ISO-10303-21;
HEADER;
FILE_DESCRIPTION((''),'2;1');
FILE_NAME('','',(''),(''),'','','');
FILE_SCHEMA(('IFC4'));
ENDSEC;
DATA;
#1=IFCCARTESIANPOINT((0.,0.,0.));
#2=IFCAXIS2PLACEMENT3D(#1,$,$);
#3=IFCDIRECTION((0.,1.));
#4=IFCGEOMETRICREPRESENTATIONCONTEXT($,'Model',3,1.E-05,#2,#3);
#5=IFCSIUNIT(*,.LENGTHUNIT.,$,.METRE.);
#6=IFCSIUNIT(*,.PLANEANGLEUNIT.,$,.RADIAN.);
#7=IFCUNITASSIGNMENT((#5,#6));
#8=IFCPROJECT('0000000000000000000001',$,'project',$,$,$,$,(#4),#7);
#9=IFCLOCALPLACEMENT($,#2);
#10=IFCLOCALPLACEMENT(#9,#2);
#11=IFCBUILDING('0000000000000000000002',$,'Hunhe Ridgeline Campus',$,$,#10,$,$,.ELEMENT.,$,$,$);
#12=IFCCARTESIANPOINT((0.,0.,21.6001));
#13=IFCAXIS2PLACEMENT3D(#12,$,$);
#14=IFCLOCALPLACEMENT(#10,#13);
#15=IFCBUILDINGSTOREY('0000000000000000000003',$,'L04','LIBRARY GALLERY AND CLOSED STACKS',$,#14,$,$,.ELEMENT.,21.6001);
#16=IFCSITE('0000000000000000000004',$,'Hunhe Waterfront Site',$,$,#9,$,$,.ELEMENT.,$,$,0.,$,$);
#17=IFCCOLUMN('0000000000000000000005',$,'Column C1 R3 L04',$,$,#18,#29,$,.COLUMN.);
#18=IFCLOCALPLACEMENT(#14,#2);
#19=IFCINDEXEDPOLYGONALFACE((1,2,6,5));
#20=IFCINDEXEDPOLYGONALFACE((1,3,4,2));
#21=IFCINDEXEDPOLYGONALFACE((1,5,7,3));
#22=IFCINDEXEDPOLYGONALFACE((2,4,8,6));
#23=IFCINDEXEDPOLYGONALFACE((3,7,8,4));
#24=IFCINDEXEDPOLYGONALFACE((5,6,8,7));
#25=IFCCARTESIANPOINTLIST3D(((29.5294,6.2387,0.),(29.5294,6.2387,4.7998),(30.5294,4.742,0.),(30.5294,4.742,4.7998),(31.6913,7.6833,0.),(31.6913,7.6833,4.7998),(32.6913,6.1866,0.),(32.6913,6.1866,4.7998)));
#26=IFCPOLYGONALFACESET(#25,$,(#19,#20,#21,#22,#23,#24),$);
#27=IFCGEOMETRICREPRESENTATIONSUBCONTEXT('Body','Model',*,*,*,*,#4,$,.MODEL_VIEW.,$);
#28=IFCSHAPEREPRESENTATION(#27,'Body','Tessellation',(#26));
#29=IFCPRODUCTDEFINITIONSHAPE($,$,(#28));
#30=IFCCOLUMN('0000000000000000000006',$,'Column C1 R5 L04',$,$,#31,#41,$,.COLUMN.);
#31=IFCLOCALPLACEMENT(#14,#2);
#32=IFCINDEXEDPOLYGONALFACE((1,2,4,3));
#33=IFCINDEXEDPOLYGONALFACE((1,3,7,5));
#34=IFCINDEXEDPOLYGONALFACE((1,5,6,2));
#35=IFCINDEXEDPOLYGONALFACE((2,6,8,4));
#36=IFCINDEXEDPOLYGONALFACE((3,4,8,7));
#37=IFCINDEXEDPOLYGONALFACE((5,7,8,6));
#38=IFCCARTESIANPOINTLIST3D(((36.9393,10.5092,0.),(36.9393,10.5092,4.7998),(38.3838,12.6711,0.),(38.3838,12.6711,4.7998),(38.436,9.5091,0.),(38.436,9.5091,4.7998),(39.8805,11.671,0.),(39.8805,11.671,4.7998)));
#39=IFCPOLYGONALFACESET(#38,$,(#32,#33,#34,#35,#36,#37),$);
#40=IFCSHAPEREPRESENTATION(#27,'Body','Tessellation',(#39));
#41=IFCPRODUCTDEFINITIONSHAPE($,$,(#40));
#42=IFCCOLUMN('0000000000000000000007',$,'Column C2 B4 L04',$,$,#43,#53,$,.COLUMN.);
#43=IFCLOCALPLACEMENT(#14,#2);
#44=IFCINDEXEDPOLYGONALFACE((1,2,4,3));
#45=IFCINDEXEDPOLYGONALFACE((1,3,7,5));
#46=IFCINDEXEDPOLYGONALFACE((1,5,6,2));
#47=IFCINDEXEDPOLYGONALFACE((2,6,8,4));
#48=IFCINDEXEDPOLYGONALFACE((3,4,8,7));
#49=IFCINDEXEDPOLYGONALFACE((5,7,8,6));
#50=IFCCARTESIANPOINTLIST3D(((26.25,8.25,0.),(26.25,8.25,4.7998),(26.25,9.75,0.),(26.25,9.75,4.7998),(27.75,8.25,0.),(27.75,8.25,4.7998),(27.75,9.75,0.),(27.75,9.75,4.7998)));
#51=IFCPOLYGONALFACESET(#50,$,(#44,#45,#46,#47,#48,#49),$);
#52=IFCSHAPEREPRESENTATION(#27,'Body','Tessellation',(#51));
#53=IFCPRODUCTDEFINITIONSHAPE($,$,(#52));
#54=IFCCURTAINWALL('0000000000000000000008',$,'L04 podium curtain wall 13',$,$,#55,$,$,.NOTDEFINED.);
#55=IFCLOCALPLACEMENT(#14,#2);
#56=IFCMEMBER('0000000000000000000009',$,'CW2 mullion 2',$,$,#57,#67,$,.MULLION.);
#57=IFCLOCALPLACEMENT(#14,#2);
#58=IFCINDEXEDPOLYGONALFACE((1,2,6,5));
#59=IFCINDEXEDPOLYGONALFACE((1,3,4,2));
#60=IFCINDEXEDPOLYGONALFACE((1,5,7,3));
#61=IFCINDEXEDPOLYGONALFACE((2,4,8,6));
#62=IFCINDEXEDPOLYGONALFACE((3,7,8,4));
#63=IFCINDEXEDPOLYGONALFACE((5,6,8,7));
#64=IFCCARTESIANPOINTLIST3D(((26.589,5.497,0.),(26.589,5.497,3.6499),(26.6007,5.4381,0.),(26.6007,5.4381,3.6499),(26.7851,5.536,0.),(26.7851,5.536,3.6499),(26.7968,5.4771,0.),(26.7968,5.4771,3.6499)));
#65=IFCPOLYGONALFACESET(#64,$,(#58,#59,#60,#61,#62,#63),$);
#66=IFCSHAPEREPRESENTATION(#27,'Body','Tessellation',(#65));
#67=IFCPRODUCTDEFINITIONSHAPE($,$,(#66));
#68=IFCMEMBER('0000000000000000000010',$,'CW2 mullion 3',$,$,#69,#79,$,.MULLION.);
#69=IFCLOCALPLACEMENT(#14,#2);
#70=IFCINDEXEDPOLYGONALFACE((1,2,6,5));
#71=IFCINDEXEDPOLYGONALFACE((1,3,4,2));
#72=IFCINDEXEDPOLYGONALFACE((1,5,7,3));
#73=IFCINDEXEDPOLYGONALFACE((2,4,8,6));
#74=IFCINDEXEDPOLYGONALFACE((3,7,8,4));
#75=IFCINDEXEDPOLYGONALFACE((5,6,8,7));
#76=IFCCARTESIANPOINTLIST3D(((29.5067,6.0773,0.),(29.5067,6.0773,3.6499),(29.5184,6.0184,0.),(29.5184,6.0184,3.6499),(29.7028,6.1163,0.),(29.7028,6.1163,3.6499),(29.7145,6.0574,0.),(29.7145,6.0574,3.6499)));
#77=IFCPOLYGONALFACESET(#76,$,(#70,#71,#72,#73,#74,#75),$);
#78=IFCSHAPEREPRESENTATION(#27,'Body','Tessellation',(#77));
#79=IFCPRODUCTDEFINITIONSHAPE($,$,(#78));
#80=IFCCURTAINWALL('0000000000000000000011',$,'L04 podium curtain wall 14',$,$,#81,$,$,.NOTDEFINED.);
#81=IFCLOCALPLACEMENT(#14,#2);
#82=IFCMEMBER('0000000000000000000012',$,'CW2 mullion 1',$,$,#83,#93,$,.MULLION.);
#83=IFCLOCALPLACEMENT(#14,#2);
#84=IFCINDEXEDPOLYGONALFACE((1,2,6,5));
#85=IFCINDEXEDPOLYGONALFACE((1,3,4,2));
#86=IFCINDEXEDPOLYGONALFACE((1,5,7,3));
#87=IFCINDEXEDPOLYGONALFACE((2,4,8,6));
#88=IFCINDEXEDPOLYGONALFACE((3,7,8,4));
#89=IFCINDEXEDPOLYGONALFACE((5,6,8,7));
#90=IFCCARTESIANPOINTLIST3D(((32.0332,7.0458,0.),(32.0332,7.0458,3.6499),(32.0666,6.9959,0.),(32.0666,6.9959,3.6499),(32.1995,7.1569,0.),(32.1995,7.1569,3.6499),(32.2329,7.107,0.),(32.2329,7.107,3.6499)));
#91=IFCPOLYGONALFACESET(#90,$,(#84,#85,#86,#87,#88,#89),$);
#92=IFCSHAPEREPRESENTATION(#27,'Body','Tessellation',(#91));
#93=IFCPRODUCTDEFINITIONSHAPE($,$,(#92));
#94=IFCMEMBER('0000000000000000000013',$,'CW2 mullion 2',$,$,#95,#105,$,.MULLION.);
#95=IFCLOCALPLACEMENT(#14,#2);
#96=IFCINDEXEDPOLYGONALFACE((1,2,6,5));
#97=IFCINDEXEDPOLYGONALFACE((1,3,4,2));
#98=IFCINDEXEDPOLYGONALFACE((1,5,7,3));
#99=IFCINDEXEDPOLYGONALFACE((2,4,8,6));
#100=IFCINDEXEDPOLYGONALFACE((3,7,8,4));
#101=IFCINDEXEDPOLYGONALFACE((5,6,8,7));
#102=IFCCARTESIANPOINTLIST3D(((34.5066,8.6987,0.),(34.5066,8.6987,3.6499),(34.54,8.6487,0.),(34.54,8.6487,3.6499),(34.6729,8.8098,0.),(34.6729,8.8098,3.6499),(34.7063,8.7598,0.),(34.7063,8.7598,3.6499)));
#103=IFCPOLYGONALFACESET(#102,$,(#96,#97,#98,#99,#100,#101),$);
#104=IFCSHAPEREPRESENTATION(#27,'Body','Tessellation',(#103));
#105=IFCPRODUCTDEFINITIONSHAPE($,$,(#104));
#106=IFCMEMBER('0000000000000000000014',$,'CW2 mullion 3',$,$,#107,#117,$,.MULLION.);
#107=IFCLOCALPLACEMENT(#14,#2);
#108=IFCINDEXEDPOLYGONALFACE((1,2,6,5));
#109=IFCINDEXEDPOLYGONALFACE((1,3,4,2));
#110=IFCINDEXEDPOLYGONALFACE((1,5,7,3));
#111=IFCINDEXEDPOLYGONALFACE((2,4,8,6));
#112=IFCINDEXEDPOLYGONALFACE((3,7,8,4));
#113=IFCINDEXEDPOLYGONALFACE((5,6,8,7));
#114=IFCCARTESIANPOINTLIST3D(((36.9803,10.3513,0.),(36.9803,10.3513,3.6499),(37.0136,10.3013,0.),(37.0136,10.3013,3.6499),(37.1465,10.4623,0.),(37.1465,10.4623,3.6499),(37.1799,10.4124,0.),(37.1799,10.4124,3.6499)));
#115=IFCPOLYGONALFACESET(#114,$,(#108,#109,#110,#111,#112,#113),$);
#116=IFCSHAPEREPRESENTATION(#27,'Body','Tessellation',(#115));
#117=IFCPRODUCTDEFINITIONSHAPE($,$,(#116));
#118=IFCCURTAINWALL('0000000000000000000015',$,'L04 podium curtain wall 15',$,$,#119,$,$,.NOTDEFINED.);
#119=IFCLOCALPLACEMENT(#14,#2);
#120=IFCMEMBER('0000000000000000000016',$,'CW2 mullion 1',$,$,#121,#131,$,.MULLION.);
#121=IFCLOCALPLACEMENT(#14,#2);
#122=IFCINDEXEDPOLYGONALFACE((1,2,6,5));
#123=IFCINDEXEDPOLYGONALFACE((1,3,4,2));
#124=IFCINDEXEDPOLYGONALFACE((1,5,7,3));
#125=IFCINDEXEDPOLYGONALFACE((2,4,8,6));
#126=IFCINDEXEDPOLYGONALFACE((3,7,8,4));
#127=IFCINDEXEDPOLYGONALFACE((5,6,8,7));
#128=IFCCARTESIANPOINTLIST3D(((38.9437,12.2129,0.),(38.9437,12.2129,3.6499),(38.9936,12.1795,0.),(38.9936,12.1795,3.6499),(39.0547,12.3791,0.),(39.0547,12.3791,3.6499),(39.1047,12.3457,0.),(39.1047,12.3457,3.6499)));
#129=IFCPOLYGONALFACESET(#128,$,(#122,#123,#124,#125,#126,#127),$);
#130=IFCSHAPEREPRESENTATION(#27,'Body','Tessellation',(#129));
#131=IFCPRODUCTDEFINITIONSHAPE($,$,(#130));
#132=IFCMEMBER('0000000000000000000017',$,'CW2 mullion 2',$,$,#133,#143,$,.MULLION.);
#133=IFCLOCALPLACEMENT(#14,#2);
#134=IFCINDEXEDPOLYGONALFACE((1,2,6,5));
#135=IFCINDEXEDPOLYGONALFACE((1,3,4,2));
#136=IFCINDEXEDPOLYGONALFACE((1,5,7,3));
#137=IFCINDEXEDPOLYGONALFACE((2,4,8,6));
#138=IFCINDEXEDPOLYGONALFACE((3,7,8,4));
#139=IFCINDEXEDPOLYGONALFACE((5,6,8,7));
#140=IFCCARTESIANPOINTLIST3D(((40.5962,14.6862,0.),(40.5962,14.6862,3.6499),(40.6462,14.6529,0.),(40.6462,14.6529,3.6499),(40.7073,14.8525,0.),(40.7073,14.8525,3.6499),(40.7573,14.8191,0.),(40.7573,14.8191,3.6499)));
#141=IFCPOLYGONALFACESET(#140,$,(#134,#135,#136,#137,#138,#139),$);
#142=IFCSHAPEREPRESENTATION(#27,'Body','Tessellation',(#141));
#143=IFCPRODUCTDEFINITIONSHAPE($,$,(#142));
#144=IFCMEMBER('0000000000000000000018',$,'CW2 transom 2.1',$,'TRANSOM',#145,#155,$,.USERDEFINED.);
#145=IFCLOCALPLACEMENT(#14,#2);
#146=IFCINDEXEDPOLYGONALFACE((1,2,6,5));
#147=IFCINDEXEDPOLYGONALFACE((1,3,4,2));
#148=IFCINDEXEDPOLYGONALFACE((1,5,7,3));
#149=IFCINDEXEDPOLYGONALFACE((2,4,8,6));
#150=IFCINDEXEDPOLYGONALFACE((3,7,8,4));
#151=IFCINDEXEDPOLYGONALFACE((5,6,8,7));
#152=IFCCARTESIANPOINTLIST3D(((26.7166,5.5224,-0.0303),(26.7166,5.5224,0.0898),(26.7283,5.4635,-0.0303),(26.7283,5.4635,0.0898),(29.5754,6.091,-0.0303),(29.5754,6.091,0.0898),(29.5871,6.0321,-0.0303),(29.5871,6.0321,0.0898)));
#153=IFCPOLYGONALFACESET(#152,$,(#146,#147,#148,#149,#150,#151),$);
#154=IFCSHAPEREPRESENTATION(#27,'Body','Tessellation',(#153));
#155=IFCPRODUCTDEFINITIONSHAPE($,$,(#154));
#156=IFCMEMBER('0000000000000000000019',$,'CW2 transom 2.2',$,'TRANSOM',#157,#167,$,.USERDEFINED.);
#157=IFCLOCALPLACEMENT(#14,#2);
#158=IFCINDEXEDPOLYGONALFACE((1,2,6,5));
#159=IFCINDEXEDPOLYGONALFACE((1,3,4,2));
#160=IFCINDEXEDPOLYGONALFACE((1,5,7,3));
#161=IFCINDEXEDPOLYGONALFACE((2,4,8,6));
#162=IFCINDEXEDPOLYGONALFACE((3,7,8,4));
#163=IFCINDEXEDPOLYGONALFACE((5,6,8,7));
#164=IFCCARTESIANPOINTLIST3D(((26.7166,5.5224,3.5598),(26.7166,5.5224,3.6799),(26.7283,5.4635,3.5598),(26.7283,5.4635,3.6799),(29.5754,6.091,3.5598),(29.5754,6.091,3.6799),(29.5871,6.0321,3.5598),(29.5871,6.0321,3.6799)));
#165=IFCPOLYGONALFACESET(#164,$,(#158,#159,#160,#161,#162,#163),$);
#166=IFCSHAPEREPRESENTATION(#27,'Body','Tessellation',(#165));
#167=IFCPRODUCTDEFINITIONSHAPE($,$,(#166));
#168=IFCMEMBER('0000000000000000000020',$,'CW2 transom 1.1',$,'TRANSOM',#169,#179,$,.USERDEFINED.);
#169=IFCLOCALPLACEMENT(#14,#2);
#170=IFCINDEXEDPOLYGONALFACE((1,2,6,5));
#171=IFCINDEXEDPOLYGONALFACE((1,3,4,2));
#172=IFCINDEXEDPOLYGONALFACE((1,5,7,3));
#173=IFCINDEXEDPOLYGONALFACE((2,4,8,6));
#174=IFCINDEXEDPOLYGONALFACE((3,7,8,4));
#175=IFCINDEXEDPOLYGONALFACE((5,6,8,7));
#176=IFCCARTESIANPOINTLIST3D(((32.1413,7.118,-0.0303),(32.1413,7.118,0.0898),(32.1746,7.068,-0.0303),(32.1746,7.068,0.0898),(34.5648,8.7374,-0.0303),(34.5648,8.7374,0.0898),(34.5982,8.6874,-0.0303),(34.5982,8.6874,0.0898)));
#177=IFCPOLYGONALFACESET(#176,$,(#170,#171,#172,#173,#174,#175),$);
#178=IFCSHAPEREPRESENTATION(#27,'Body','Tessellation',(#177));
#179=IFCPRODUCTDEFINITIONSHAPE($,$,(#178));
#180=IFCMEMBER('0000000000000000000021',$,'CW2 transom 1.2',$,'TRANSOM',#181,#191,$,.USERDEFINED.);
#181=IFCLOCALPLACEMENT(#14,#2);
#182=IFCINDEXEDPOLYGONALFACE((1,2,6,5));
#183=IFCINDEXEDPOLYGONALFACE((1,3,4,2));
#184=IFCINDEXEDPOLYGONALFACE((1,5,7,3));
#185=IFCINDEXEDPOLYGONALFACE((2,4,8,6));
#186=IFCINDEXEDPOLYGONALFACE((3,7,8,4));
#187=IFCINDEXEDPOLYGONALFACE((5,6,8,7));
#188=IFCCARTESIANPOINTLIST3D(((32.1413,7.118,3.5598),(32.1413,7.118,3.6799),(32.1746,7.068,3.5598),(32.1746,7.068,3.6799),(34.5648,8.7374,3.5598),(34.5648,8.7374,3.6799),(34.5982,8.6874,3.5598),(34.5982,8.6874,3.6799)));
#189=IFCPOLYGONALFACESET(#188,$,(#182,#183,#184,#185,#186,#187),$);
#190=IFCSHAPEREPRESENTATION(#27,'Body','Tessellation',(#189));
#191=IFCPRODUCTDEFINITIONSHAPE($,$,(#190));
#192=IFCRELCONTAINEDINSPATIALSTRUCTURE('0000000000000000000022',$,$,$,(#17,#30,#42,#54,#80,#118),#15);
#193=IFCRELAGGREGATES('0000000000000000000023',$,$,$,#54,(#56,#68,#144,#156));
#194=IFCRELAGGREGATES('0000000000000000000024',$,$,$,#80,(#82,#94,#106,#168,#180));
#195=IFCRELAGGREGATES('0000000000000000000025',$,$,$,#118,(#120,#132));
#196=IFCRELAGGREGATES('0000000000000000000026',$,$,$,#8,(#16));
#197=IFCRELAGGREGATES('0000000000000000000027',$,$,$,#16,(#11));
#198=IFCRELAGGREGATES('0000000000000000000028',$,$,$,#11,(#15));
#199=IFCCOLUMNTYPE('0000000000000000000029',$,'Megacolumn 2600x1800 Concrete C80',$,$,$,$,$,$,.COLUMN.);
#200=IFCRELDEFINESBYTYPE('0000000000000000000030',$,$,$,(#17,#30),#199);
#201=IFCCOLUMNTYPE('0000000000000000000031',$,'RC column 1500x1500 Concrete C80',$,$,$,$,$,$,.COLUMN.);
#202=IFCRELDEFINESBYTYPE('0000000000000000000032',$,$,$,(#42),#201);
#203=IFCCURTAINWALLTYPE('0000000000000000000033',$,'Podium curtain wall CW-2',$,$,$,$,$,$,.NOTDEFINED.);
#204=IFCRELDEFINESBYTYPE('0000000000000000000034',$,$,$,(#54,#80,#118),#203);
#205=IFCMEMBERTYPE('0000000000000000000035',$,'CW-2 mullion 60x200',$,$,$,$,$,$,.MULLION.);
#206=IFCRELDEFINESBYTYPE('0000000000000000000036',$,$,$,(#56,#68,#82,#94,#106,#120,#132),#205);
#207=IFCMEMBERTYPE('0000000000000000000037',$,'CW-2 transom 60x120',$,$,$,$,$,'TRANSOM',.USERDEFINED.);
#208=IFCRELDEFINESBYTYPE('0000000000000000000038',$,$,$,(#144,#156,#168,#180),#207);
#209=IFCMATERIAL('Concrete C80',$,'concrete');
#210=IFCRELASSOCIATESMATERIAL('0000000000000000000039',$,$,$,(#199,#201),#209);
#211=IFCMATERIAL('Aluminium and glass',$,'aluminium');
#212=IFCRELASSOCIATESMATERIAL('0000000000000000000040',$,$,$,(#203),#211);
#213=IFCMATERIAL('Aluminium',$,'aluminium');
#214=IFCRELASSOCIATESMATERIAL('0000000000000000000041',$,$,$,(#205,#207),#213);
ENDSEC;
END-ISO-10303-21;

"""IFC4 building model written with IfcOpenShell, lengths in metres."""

from ifc_helpers import new_model, si_unit, direction, frame, origin, origin_2d, place, context, subcontext, project, spatial, rectangle, extrude, material, material_profile, profile_set, type_object, element, aggregate, save


model = new_model("IFC4")

# Units and contexts
model_context = context("Model", 3, precision=1e-05, world=origin(), true_north=direction((0.0, 1.0)))
body_context = subcontext(model_context, "Body", "Model", "MODEL_VIEW")
ifc_project = project(units=[si_unit("LENGTHUNIT", "METRE"), si_unit("PLANEANGLEUNIT", "RADIAN")], contexts=[model_context])

# Site, building, storey
site_placement = place(None, origin())
site = spatial("IfcSite", under=ifc_project, at=site_placement, Name="Hunhe Waterfront Site", CompositionType="ELEMENT", RefElevation=0.0)
building_placement = place(site_placement, origin())
building = spatial("IfcBuilding", under=site, at=building_placement, Name="Hunhe Ridgeline Campus", CompositionType="ELEMENT")
storey_placement = place(building_placement, frame((0.0, 0.0, 21.6001)))
storey = spatial("IfcBuildingStorey", under=building, at=storey_placement, Name="L04", Description="LIBRARY GALLERY AND CLOSED STACKS", CompositionType="ELEMENT", Elevation=21.6001)

# Columns
ifc_material_1 = material(Name="Concrete C80", Category="concrete")
ifc_material_profile_1 = material_profile(ifc_material_1, rectangle(XDim=2.6001, YDim=1.8, at=origin_2d()))
ifc_profile_set_1 = profile_set([ifc_material_profile_1], Name="Concrete C80")
column_type_1 = type_object("IfcColumnType", Name="Megacolumn 2600x1800 Concrete C80", PredefinedType="COLUMN", material=ifc_profile_set_1)
for number, where, z_axis, x_axis, name in (
    (1, (31.1104, 6.2126, 0.0), (0.0, 0.0, 1.0), (0.83147, 0.55557, 0.0), "Column C1 R3 L04"),
    (2, (38.4099, 11.0901, 0.0), (0.0, 0.0, 1.0), (0.55557, 0.83147, 0.0), "Column C1 R5 L04"),
):
    element("IfcColumn", number, at=place(storey_placement, frame(where, z_axis=z_axis, x_axis=x_axis)), inside=storey, type_object=column_type_1, Name=name, PredefinedType="COLUMN", context=body_context, shape_type="SweptSolid", body=[
        extrude(rectangle(XDim=2.6001, YDim=1.8, at=origin_2d()), origin(), (0.0, 0.0, 1.0), 4.7998),
    ])
ifc_material_profile_2 = material_profile(ifc_material_1, rectangle(XDim=1.5, YDim=1.5, at=origin_2d()))
ifc_profile_set_2 = profile_set([ifc_material_profile_2], Name="Concrete C80")
column_type_2 = type_object("IfcColumnType", Name="RC column 1500x1500 Concrete C80", PredefinedType="COLUMN", material=ifc_profile_set_2)
column_placement = place(storey_placement, frame((27.0, 9.0, 0.0), z_axis=(0.0, 0.0, 1.0), x_axis=(1.0, 0.0, 0.0)))
element("IfcColumn", 3, at=column_placement, inside=storey, type_object=column_type_2, Name="Column C2 B4 L04", PredefinedType="COLUMN", context=body_context, shape_type="SweptSolid", body=[
    extrude(rectangle(XDim=1.5, YDim=1.5, at=origin_2d()), origin(), (0.0, 0.0, 1.0), 4.7998),
])

# Curtain walls, members
ifc_material_2 = material(Name="Aluminium and glass", Category="aluminium")
curtain_wall_type = type_object("IfcCurtainWallType", Name="Podium curtain wall CW-2", PredefinedType="NOTDEFINED", material=ifc_material_2)
curtain_wall_1_placement = place(storey_placement, origin())
curtain_wall_1 = element("IfcCurtainWall", 4, at=curtain_wall_1_placement, inside=storey, type_object=curtain_wall_type, Name="L04 podium curtain wall 13", PredefinedType="NOTDEFINED")
ifc_material_3 = material(Name="Aluminium", Category="aluminium")
ifc_material_profile_3 = material_profile(ifc_material_3, rectangle(XDim=0.0601, YDim=0.2, at=origin_2d()))
ifc_profile_set_3 = profile_set([ifc_material_profile_3], Name="Aluminium")
member_type_1 = type_object("IfcMemberType", Name="CW-2 mullion 60x200", PredefinedType="MULLION", material=ifc_profile_set_3)
member_1_placement = place(storey_placement, frame((26.6929, 5.4871, 0.0), z_axis=(0.0, 0.0, 1.0), x_axis=(-0.195098, 0.980784, 0.0)))
member_1 = element("IfcMember", 5, at=member_1_placement, type_object=member_type_1, Name="CW2 mullion 2", PredefinedType="MULLION", context=body_context, shape_type="SweptSolid", body=[
    extrude(rectangle(XDim=0.0601, YDim=0.2, at=origin_2d()), origin(), (0.0, 0.0, 1.0), 3.6499),
])
member_2_placement = place(storey_placement, frame((29.6106, 6.0674, 0.0), z_axis=(0.0, 0.0, 1.0), x_axis=(-0.195098, 0.980784, 0.0)))
member_2 = element("IfcMember", 6, at=member_2_placement, type_object=member_type_1, Name="CW2 mullion 3", PredefinedType="MULLION", context=body_context, shape_type="SweptSolid", body=[
    extrude(rectangle(XDim=0.0601, YDim=0.2, at=origin_2d()), origin(), (0.0, 0.0, 1.0), 3.6499),
])
curtain_wall_2_placement = place(storey_placement, origin())
curtain_wall_2 = element("IfcCurtainWall", 7, at=curtain_wall_2_placement, inside=storey, type_object=curtain_wall_type, Name="L04 podium curtain wall 14", PredefinedType="NOTDEFINED")
member_3_placement = place(storey_placement, frame((32.1331, 7.0764, 0.0), z_axis=(0.0, 0.0, 1.0), x_axis=(-0.555579, 0.831464, 0.0)))
member_3 = element("IfcMember", 8, at=member_3_placement, type_object=member_type_1, Name="CW2 mullion 1", PredefinedType="MULLION", context=body_context, shape_type="SweptSolid", body=[
    extrude(rectangle(XDim=0.0601, YDim=0.2, at=origin_2d()), origin(), (0.0, 0.0, 1.0), 3.6499),
])
member_4_placement = place(storey_placement, frame((34.6064, 8.7292, 0.0), z_axis=(0.0, 0.0, 1.0), x_axis=(-0.555579, 0.831464, 0.0)))
member_4 = element("IfcMember", 9, at=member_4_placement, type_object=member_type_1, Name="CW2 mullion 2", PredefinedType="MULLION", context=body_context, shape_type="SweptSolid", body=[
    extrude(rectangle(XDim=0.0601, YDim=0.2, at=origin_2d()), origin(), (0.0, 0.0, 1.0), 3.6499),
])
member_5_placement = place(storey_placement, frame((37.0801, 10.3818, 0.0), z_axis=(0.0, 0.0, 1.0), x_axis=(-0.555579, 0.831464, 0.0)))
member_5 = element("IfcMember", 10, at=member_5_placement, type_object=member_type_1, Name="CW2 mullion 3", PredefinedType="MULLION", context=body_context, shape_type="SweptSolid", body=[
    extrude(rectangle(XDim=0.0601, YDim=0.2, at=origin_2d()), origin(), (0.0, 0.0, 1.0), 3.6499),
])
curtain_wall_3_placement = place(storey_placement, origin())
curtain_wall_3 = element("IfcCurtainWall", 11, at=curtain_wall_3_placement, inside=storey, type_object=curtain_wall_type, Name="L04 podium curtain wall 15", PredefinedType="NOTDEFINED")
member_6_placement = place(storey_placement, frame((39.0242, 12.2793, 0.0), z_axis=(0.0, 0.0, 1.0), x_axis=(-0.831469, 0.555572, 0.0)))
member_6 = element("IfcMember", 12, at=member_6_placement, type_object=member_type_1, Name="CW2 mullion 1", PredefinedType="MULLION", context=body_context, shape_type="SweptSolid", body=[
    extrude(rectangle(XDim=0.0601, YDim=0.2, at=origin_2d()), origin(), (0.0, 0.0, 1.0), 3.6499),
])
member_7_placement = place(storey_placement, frame((40.6768, 14.7527, 0.0), z_axis=(0.0, 0.0, 1.0), x_axis=(-0.831469, 0.555572, 0.0)))
member_7 = element("IfcMember", 13, at=member_7_placement, type_object=member_type_1, Name="CW2 mullion 2", PredefinedType="MULLION", context=body_context, shape_type="SweptSolid", body=[
    extrude(rectangle(XDim=0.0601, YDim=0.2, at=origin_2d()), origin(), (0.0, 0.0, 1.0), 3.6499),
])

# Members
ifc_material_profile_4 = material_profile(ifc_material_3, rectangle(XDim=0.0601, YDim=0.1201, at=origin_2d()))
ifc_profile_set_4 = profile_set([ifc_material_profile_4], Name="Aluminium")
member_type_2 = type_object("IfcMemberType", Name="CW-2 transom 60x120", ElementType="TRANSOM", PredefinedType="USERDEFINED", material=ifc_profile_set_4)
member_8_placement = place(storey_placement, frame((26.7224, 5.4929, 0.0298), z_axis=(0.98079, 0.195069, 0.0), x_axis=(-0.195069, 0.98079, 0.0)))
member_8 = element("IfcMember", 14, at=member_8_placement, type_object=member_type_2, Name="CW2 transom 2.1", ObjectType="TRANSOM", PredefinedType="USERDEFINED", context=body_context, shape_type="SweptSolid", body=[
    extrude(rectangle(XDim=0.0601, YDim=0.1201, at=origin_2d()), origin(), (0.0, 0.0, 1.0), 2.9148),
])
member_9_placement = place(storey_placement, frame((26.7224, 5.4929, 3.6199), z_axis=(0.98079, 0.195069, 0.0), x_axis=(-0.195069, 0.98079, 0.0)))
member_9 = element("IfcMember", 15, at=member_9_placement, type_object=member_type_2, Name="CW2 transom 2.2", ObjectType="TRANSOM", PredefinedType="USERDEFINED", context=body_context, shape_type="SweptSolid", body=[
    extrude(rectangle(XDim=0.0601, YDim=0.1201, at=origin_2d()), origin(), (0.0, 0.0, 1.0), 2.9148),
])
member_10_placement = place(storey_placement, frame((32.158, 7.093, 0.0298), z_axis=(0.83147, 0.55557, 0.0), x_axis=(-0.55557, 0.83147, 0.0)))
member_10 = element("IfcMember", 16, at=member_10_placement, type_object=member_type_2, Name="CW2 transom 1.1", ObjectType="TRANSOM", PredefinedType="USERDEFINED", context=body_context, shape_type="SweptSolid", body=[
    extrude(rectangle(XDim=0.0601, YDim=0.1201, at=origin_2d()), origin(), (0.0, 0.0, 1.0), 2.9148),
])
member_11_placement = place(storey_placement, frame((32.158, 7.093, 3.6199), z_axis=(0.83147, 0.55557, 0.0), x_axis=(-0.55557, 0.83147, 0.0)))
member_11 = element("IfcMember", 17, at=member_11_placement, type_object=member_type_2, Name="CW2 transom 1.2", ObjectType="TRANSOM", PredefinedType="USERDEFINED", context=body_context, shape_type="SweptSolid", body=[
    extrude(rectangle(XDim=0.0601, YDim=0.1201, at=origin_2d()), origin(), (0.0, 0.0, 1.0), 2.9148),
])

aggregate(curtain_wall_1, [member_1, member_2, member_8, member_9])
aggregate(curtain_wall_2, [member_3, member_4, member_5, member_10, member_11])
aggregate(curtain_wall_3, [member_6, member_7])

save(model, "model.ifc")
